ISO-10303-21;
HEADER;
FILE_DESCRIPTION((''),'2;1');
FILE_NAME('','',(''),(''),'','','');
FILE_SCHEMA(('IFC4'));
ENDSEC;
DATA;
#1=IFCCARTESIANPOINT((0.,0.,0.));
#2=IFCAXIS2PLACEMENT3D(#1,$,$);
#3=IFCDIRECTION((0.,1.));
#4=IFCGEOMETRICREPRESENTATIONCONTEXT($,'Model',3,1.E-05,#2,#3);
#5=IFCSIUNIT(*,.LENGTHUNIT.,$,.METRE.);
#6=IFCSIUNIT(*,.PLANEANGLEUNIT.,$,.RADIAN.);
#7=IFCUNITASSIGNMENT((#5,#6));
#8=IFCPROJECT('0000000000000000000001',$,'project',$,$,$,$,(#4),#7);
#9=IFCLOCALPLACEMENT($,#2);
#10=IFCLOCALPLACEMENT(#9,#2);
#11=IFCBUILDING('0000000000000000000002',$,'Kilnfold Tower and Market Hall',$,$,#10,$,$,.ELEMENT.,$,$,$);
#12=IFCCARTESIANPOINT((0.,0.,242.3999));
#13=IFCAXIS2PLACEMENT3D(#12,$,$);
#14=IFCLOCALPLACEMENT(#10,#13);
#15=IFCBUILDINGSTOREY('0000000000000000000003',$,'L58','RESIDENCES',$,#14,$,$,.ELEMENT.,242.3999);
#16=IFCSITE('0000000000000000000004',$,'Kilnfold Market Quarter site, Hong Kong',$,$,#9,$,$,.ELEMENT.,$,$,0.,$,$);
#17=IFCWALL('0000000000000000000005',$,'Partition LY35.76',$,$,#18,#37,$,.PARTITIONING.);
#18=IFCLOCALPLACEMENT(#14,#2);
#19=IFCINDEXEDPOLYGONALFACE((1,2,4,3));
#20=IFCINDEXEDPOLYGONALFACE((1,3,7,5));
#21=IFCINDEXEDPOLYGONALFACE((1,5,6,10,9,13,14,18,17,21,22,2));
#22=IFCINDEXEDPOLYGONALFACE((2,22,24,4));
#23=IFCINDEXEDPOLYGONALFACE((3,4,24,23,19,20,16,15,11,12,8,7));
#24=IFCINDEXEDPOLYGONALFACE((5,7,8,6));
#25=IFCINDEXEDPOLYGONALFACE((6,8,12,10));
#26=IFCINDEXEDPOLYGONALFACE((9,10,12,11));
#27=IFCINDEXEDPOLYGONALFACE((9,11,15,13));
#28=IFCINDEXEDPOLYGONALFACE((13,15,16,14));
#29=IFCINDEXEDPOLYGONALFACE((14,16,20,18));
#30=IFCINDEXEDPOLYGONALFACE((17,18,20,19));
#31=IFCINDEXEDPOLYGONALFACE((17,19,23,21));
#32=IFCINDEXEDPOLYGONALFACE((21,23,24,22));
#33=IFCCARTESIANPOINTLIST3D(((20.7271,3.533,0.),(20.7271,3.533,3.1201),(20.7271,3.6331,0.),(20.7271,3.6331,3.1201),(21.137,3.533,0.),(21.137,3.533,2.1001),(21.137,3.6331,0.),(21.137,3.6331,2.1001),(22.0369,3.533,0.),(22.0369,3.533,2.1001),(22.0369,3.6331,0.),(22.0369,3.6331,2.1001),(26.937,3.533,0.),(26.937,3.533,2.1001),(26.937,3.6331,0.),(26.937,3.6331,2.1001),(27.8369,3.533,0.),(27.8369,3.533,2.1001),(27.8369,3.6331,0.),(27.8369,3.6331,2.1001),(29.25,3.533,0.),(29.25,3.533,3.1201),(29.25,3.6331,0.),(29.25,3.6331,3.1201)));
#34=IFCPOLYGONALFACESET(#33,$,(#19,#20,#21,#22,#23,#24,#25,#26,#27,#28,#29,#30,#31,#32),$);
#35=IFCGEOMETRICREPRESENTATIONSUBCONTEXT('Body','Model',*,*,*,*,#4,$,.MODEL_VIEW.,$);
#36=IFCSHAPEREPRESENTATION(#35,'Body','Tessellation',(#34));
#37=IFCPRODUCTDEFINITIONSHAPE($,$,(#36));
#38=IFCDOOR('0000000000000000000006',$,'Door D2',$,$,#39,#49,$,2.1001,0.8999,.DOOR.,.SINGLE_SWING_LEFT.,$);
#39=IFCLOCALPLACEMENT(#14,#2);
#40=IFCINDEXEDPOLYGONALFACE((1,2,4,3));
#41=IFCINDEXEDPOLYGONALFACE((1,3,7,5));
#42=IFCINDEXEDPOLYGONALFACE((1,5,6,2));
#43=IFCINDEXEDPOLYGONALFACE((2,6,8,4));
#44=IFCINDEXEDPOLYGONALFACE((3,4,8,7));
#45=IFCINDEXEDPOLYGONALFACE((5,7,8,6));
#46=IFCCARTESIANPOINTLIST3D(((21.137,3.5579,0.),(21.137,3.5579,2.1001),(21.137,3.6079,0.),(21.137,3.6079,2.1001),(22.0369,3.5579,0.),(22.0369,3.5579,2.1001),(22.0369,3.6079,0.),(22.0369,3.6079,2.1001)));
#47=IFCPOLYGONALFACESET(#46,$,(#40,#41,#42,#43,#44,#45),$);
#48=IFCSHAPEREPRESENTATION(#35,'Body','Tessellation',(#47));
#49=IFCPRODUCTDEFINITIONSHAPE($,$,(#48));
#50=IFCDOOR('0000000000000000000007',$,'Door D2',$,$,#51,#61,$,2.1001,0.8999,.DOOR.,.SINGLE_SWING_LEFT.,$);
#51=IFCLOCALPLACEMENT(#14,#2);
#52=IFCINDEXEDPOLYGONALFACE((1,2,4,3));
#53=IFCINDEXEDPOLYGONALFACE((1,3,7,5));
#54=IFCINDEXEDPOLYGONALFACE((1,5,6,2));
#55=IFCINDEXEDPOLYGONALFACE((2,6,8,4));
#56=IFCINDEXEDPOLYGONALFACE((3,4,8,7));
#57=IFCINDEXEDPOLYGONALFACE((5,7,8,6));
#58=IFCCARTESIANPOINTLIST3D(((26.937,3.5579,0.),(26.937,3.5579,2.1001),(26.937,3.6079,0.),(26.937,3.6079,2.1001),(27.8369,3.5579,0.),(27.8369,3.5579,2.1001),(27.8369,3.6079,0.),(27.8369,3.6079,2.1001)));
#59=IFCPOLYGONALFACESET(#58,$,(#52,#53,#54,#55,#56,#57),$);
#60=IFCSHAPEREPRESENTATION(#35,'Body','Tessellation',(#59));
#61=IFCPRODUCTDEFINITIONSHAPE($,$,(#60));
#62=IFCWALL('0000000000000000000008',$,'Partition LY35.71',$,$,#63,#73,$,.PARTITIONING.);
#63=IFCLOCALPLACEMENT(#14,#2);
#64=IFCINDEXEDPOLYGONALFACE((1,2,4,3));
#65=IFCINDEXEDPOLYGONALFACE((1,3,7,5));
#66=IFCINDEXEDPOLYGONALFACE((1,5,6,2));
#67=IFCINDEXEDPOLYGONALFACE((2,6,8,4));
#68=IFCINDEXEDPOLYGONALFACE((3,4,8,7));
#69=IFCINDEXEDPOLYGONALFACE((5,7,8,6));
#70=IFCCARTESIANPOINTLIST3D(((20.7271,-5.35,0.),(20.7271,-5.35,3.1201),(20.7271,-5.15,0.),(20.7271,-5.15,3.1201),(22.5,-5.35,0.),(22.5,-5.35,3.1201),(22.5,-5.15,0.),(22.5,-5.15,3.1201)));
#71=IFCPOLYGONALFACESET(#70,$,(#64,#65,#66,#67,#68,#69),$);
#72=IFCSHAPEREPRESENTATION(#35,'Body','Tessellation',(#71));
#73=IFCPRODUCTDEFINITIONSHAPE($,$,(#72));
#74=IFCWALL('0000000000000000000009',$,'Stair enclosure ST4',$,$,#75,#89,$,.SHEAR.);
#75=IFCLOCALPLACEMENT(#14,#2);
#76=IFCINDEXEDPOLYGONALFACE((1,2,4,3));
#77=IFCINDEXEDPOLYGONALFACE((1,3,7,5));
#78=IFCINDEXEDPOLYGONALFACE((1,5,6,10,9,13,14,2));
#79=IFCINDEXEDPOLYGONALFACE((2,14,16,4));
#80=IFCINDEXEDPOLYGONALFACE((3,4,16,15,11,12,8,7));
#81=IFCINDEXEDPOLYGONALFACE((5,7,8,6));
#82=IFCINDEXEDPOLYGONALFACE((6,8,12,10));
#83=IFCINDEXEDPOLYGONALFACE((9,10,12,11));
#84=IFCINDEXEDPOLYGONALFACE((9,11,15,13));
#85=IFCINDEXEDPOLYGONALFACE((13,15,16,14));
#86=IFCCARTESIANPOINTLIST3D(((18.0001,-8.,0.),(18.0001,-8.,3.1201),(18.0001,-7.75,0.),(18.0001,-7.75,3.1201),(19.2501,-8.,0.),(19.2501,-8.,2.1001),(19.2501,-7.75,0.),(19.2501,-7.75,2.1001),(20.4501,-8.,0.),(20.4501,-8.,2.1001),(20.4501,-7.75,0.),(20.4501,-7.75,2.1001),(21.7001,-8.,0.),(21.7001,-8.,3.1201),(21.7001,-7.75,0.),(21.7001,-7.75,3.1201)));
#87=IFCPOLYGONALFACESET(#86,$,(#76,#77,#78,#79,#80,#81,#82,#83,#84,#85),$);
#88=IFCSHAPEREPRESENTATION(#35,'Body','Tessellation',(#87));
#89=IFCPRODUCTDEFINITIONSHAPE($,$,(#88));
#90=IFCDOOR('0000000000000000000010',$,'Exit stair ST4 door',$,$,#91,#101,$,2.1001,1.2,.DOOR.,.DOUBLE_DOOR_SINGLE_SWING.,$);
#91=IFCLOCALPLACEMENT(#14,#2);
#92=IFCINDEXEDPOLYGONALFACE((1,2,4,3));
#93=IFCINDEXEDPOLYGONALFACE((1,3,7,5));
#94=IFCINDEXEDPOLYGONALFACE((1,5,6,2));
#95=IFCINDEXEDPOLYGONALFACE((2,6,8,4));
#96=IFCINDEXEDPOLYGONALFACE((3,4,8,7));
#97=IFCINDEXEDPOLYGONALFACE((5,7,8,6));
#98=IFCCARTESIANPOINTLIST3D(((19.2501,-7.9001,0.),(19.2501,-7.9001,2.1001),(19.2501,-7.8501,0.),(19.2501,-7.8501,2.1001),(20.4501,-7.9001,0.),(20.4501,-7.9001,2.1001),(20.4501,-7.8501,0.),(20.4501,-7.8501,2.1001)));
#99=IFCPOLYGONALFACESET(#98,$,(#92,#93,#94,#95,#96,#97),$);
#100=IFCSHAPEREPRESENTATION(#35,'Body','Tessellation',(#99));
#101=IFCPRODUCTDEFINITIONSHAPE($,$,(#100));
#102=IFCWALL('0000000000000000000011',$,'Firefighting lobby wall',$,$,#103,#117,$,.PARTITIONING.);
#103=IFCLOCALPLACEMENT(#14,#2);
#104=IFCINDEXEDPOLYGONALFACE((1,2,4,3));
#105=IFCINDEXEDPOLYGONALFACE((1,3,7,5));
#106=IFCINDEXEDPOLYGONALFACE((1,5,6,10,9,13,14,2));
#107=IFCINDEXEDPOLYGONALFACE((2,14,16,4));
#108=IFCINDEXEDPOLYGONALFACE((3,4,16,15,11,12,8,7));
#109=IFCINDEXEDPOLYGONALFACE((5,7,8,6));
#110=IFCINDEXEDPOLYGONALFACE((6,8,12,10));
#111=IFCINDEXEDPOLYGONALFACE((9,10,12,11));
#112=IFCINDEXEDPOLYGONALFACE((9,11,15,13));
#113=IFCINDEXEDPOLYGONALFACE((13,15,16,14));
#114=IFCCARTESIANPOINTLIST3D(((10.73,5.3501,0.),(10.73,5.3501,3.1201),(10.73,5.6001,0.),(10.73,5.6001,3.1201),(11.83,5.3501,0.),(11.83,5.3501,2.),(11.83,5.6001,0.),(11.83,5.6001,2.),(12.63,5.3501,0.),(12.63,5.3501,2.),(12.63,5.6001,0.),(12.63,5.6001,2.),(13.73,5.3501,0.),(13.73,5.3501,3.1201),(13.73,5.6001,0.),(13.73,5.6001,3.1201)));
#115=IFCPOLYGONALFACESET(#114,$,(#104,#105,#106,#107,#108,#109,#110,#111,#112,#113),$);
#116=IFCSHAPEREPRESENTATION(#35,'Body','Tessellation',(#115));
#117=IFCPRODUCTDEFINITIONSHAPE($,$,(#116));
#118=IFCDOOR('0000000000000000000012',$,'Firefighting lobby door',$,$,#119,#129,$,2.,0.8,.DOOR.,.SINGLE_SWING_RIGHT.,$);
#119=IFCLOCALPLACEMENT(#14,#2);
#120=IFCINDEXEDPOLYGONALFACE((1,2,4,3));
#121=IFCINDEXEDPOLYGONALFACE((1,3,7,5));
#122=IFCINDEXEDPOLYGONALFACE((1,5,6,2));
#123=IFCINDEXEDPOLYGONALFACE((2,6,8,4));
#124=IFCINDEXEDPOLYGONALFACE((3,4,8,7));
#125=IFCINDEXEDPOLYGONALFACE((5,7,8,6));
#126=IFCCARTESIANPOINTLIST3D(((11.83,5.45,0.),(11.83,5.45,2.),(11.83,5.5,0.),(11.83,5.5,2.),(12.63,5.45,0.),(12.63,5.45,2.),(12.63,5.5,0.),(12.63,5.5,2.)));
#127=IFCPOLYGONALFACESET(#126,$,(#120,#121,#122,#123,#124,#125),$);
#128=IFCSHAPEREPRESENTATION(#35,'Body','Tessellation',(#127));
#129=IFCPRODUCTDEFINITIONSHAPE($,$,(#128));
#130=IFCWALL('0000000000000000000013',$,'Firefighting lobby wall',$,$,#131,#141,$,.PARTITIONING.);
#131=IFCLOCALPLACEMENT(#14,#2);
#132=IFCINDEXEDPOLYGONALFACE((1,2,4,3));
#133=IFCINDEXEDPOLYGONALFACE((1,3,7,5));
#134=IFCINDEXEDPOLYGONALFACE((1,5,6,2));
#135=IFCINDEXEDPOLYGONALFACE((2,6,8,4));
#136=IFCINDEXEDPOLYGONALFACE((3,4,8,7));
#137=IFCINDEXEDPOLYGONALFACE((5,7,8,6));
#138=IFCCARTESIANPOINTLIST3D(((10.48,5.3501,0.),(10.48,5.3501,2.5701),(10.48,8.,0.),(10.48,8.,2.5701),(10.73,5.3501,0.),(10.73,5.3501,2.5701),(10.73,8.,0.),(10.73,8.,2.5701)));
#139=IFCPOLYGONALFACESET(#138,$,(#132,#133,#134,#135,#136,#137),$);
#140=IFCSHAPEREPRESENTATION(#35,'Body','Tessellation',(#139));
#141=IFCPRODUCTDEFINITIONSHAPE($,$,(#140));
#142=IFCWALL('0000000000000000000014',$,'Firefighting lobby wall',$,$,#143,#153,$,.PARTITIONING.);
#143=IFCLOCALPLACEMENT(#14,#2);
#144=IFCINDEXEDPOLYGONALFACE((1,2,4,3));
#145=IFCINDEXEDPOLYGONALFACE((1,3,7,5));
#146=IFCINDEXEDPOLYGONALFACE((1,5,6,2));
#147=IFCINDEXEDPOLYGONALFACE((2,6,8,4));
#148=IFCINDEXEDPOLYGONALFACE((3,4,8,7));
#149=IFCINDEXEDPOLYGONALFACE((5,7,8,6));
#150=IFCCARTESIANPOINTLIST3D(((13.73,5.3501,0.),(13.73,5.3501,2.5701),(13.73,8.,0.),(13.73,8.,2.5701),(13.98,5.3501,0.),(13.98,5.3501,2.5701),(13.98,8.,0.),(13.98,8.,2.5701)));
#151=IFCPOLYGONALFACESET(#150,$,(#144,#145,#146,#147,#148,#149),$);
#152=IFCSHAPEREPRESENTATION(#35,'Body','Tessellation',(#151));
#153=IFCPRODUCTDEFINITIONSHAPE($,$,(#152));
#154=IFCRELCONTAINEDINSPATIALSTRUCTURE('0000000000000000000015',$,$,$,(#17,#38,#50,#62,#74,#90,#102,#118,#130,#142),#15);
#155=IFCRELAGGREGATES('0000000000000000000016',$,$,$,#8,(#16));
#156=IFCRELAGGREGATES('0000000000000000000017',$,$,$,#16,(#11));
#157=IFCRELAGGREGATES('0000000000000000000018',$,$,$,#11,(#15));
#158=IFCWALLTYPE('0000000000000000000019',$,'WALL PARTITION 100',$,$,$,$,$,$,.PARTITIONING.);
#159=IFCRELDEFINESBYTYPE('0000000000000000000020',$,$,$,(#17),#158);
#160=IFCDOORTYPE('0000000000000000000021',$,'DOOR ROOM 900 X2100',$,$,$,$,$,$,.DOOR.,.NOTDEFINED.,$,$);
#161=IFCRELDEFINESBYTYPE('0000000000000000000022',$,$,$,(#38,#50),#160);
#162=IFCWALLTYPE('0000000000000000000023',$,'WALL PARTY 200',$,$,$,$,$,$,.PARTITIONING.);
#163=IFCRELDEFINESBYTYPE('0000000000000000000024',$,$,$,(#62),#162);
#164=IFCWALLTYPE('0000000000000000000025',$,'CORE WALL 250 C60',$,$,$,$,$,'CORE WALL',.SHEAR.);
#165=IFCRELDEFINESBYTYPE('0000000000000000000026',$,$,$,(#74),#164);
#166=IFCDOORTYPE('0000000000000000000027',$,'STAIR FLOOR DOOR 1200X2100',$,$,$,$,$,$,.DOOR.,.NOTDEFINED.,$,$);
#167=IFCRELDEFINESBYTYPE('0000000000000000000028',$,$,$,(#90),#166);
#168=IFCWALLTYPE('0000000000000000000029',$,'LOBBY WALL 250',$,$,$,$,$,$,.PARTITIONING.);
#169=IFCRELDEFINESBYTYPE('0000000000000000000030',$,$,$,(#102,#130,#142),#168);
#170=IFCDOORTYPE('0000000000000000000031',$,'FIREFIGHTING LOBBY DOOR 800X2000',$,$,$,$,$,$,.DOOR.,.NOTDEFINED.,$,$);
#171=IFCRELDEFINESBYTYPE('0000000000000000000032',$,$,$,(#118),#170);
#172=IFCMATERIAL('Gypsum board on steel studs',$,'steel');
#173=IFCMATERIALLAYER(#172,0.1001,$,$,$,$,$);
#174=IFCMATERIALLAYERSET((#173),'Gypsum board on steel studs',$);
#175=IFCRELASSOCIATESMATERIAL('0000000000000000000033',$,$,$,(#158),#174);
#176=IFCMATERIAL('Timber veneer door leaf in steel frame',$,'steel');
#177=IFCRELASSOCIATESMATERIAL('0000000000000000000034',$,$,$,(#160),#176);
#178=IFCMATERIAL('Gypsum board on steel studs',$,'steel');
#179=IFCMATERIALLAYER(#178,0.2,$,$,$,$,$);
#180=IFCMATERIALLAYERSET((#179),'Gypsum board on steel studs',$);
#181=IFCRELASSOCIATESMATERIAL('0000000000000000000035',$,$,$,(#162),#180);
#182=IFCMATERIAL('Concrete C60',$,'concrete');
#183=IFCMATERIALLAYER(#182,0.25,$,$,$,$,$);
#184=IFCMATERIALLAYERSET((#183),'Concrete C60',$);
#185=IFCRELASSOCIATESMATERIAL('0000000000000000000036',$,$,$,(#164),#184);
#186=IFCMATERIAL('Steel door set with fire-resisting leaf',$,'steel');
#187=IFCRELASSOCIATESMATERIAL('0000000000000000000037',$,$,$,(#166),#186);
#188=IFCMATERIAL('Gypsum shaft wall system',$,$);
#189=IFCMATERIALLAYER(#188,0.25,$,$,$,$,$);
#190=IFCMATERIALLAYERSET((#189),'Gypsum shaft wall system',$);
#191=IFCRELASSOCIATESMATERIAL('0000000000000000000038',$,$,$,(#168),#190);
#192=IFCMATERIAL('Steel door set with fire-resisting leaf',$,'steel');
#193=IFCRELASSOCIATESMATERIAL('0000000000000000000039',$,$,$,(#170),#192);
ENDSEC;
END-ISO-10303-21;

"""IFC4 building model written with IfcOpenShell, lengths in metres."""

from ifc_helpers import new_model, si_unit, direction, frame, frame_2d, origin, place, context, subcontext, project, spatial, rectangle, extrude, source, transform, mapped, material, layer, layer_set, type_object, element, fill, save


model = new_model("IFC4")

# Units and contexts
model_context = context("Model", 3, precision=1e-05, world=origin(), true_north=direction((0.0, 1.0)))
body_context = subcontext(model_context, "Body", "Model", "MODEL_VIEW")
ifc_project = project(units=[si_unit("LENGTHUNIT", "METRE"), si_unit("PLANEANGLEUNIT", "RADIAN")], contexts=[model_context])

# Site, building, storey
site_placement = place(None, origin())
site = spatial("IfcSite", under=ifc_project, at=site_placement, Name="Kilnfold Market Quarter site, Hong Kong", CompositionType="ELEMENT", RefElevation=0.0)
building_placement = place(site_placement, origin())
building = spatial("IfcBuilding", under=site, at=building_placement, Name="Kilnfold Tower and Market Hall", CompositionType="ELEMENT")
storey_placement = place(building_placement, frame((0.0, 0.0, 242.3999)))
storey = spatial("IfcBuildingStorey", under=building, at=storey_placement, Name="L58", Description="RESIDENCES", CompositionType="ELEMENT", Elevation=242.3999)

# Wall, openings, doors
ifc_material_1 = material(Name="Gypsum board on steel studs", Category="steel")
ifc_layer_1 = layer(ifc_material_1, 0.1001)
ifc_layer_set_1 = layer_set([ifc_layer_1], Name="Gypsum board on steel studs")
wall_type_1 = type_object("IfcWallType", Name="WALL PARTITION 100", PredefinedType="PARTITIONING", material=ifc_layer_set_1)
wall_1_placement = place(storey_placement, frame((20.7271, 3.583, 0.0), z_axis=(0.0, 0.0, 1.0), x_axis=(1.0, 0.0, 0.0)))
wall_1 = element("IfcWall", 1, at=wall_1_placement, inside=storey, type_object=wall_type_1, Name="Partition LY35.76", PredefinedType="PARTITIONING", context=body_context, shape_type="SweptSolid", body=[
    extrude(rectangle(XDim=8.5229, YDim=0.1001, at=frame_2d((4.2615, 0.0))), origin(), (0.0, 0.0, 1.0), 3.1201),
])
opening_1_placement = place(wall_1_placement, frame((0.4099, 0.0, 0.0)))
opening_1 = element("IfcOpeningElement", 2, at=opening_1_placement, cuts=wall_1, PredefinedType="OPENING", context=body_context, shape_type="SweptSolid", body=[
    extrude(rectangle(XDim=0.8999, YDim=2.1001, at=frame_2d((0.45, 1.05))), frame((0.0, 0.0601, 0.0), z_axis=(0.0, -1.0, 0.0), x_axis=(1.0, 0.0, 0.0)), (0.0, 0.0, 1.0), 0.1201),
])
opening_2_placement = place(wall_1_placement, frame((6.21, 0.0, 0.0)))
opening_2 = element("IfcOpeningElement", 3, at=opening_2_placement, cuts=wall_1, PredefinedType="OPENING", context=body_context, shape_type="SweptSolid", body=[
    extrude(rectangle(XDim=0.8999, YDim=2.1001, at=frame_2d((0.45, 1.05))), frame((0.0, 0.0601, 0.0), z_axis=(0.0, -1.0, 0.0), x_axis=(1.0, 0.0, 0.0)), (0.0, 0.0, 1.0), 0.1201),
])
ifc_material_2 = material(Name="Timber veneer door leaf in steel frame", Category="steel")
door_type_1 = type_object("IfcDoorType", Name="DOOR ROOM 900 X2100", OperationType="NOTDEFINED", PredefinedType="DOOR", material=ifc_material_2)
door_1_placement = place(opening_1_placement, origin())
door_1 = element("IfcDoor", 4, at=door_1_placement, inside=storey, type_object=door_type_1, Name="Door D2", OperationType="SINGLE_SWING_LEFT", OverallHeight=2.1001, OverallWidth=0.8999, PredefinedType="DOOR", context=body_context, shape_type="SweptSolid", body=[
    extrude(rectangle(XDim=0.8999, YDim=2.1001, at=frame_2d((0.45, 1.05))), frame((0.0, 0.0249, 0.0), z_axis=(0.0, -1.0, 0.0), x_axis=(1.0, 0.0, 0.0)), (0.0, 0.0, 1.0), 0.05),
])
fill(opening_1, door_1)
door_2_placement = place(opening_2_placement, origin())
door_2 = element("IfcDoor", 5, at=door_2_placement, inside=storey, type_object=door_type_1, Name="Door D2", OperationType="SINGLE_SWING_LEFT", OverallHeight=2.1001, OverallWidth=0.8999, PredefinedType="DOOR", context=body_context, shape_type="SweptSolid", body=[
    extrude(rectangle(XDim=0.8999, YDim=2.1001, at=frame_2d((0.45, 1.05))), frame((0.0, 0.0249, 0.0), z_axis=(0.0, -1.0, 0.0), x_axis=(1.0, 0.0, 0.0)), (0.0, 0.0, 1.0), 0.05),
])
fill(opening_2, door_2)

# Wall
ifc_material_3 = material(Name="Gypsum board on steel studs", Category="steel")
ifc_layer_2 = layer(ifc_material_3, 0.2)
ifc_layer_set_2 = layer_set([ifc_layer_2], Name="Gypsum board on steel studs")
wall_type_2 = type_object("IfcWallType", Name="WALL PARTY 200", PredefinedType="PARTITIONING", material=ifc_layer_set_2)
wall_2_placement = place(storey_placement, frame((20.7271, -5.25, 0.0), z_axis=(0.0, 0.0, 1.0), x_axis=(1.0, 0.0, 0.0)))
element("IfcWall", 6, at=wall_2_placement, inside=storey, type_object=wall_type_2, Name="Partition LY35.71", PredefinedType="PARTITIONING", context=body_context, shape_type="SweptSolid", body=[
    extrude(rectangle(XDim=1.7729, YDim=0.2, at=frame_2d((0.8865, 0.0))), origin(), (0.0, 0.0, 1.0), 3.1201),
])

# Walls, openings, doors
ifc_material_4 = material(Name="Concrete C60", Category="concrete")
ifc_layer_3 = layer(ifc_material_4, 0.25)
ifc_layer_set_3 = layer_set([ifc_layer_3], Name="Concrete C60")
wall_type_3 = type_object("IfcWallType", Name="CORE WALL 250 C60", ElementType="CORE WALL", PredefinedType="SHEAR", material=ifc_layer_set_3)
shared_shape_1 = source(origin(), body_context, "Body", "SweptSolid", [
    extrude(rectangle(XDim=3.7, YDim=0.25, at=frame_2d((1.8501, 0.0))), origin(), (0.0, 0.0, 1.0), 3.1201),
])
wall_3_placement = place(storey_placement, frame((18.0, -7.875, 0.0), z_axis=(0.0, 0.0, 1.0), x_axis=(1.0, 0.0, 0.0)))
wall_3 = element("IfcWall", 7, at=wall_3_placement, inside=storey, type_object=wall_type_3, Name="Stair enclosure ST4", PredefinedType="SHEAR", context=body_context, shape_type="MappedRepresentation", body=[
    mapped(shared_shape_1, transform((0.0, 0.0, 0.0))),
])
opening_3_placement = place(wall_3_placement, frame((1.25, 0.0, 0.0)))
opening_3 = element("IfcOpeningElement", 8, at=opening_3_placement, cuts=wall_3, PredefinedType="OPENING", context=body_context, shape_type="SweptSolid", body=[
    extrude(rectangle(XDim=1.2, YDim=2.1001, at=frame_2d((0.6001, 1.05))), frame((0.0, 0.135, 0.0), z_axis=(0.0, -1.0, 0.0), x_axis=(1.0, 0.0, 0.0)), (0.0, 0.0, 1.0), 0.27),
])
ifc_material_5 = material(Name="Steel door set with fire-resisting leaf", Category="steel")
door_type_2 = type_object("IfcDoorType", Name="STAIR FLOOR DOOR 1200X2100", OperationType="NOTDEFINED", PredefinedType="DOOR", material=ifc_material_5)
door_3_placement = place(opening_3_placement, origin())
door_3 = element("IfcDoor", 9, at=door_3_placement, inside=storey, type_object=door_type_2, Name="Exit stair ST4 door", OperationType="DOUBLE_DOOR_SINGLE_SWING", OverallHeight=2.1001, OverallWidth=1.2, PredefinedType="DOOR", context=body_context, shape_type="SweptSolid", body=[
    extrude(rectangle(XDim=1.2, YDim=2.1001, at=frame_2d((0.6001, 1.05))), frame((0.0, 0.0249, 0.0), z_axis=(0.0, -1.0, 0.0), x_axis=(1.0, 0.0, 0.0)), (0.0, 0.0, 1.0), 0.05),
])
fill(opening_3, door_3)
ifc_material_6 = material(Name="Gypsum shaft wall system")
ifc_layer_4 = layer(ifc_material_6, 0.25)
ifc_layer_set_4 = layer_set([ifc_layer_4], Name="Gypsum shaft wall system")
wall_type_4 = type_object("IfcWallType", Name="LOBBY WALL 250", PredefinedType="PARTITIONING", material=ifc_layer_set_4)
shared_shape_2 = source(origin(), body_context, "Body", "SweptSolid", [
    extrude(rectangle(XDim=3.0, YDim=0.25, at=frame_2d((1.5, 0.0))), origin(), (0.0, 0.0, 1.0), 3.1201),
])
wall_4_placement = place(storey_placement, frame((10.73, 5.4751, 0.0), z_axis=(0.0, 0.0, 1.0), x_axis=(1.0, 0.0, 0.0)))
wall_4 = element("IfcWall", 10, at=wall_4_placement, inside=storey, type_object=wall_type_4, Name="Firefighting lobby wall", PredefinedType="PARTITIONING", context=body_context, shape_type="MappedRepresentation", body=[
    mapped(shared_shape_2, transform((0.0, 0.0, 0.0))),
])
opening_4_placement = place(wall_4_placement, frame((1.1001, 0.0, 0.0)))
opening_4 = element("IfcOpeningElement", 11, at=opening_4_placement, cuts=wall_4, PredefinedType="OPENING", context=body_context, shape_type="SweptSolid", body=[
    extrude(rectangle(XDim=0.8, YDim=2.0, at=frame_2d((0.3999, 1.0))), frame((0.0, 0.135, 0.0), z_axis=(0.0, -1.0, 0.0), x_axis=(1.0, 0.0, 0.0)), (0.0, 0.0, 1.0), 0.27),
])
ifc_material_7 = material(Name="Steel door set with fire-resisting leaf", Category="steel")
door_type_3 = type_object("IfcDoorType", Name="FIREFIGHTING LOBBY DOOR 800X2000", OperationType="NOTDEFINED", PredefinedType="DOOR", material=ifc_material_7)
door_4_placement = place(opening_4_placement, origin())
door_4 = element("IfcDoor", 12, at=door_4_placement, inside=storey, type_object=door_type_3, Name="Firefighting lobby door", OperationType="SINGLE_SWING_RIGHT", OverallHeight=2.0, OverallWidth=0.8, PredefinedType="DOOR", context=body_context, shape_type="SweptSolid", body=[
    extrude(rectangle(XDim=0.8, YDim=2.0, at=frame_2d((0.3999, 1.0))), frame((0.0, 0.0249, 0.0), z_axis=(0.0, -1.0, 0.0), x_axis=(1.0, 0.0, 0.0)), (0.0, 0.0, 1.0), 0.05),
])
fill(opening_4, door_4)

# Walls
shared_shape_3 = source(origin(), body_context, "Body", "SweptSolid", [
    extrude(rectangle(XDim=2.6499, YDim=0.25, at=frame_2d((1.325, 0.0))), origin(), (0.0, 0.0, 1.0), 2.5701),
])
for number, where, z_axis, x_axis, name in (
    (13, (10.605, 5.3501, 0.0), (0.0, 0.0, 1.0), (0.0, 1.0, 0.0), "Firefighting lobby wall"),
    (14, (13.855, 5.3501, 0.0), (0.0, 0.0, 1.0), (0.0, 1.0, 0.0), "Firefighting lobby wall"),
):
    element("IfcWall", number, at=place(storey_placement, frame(where, z_axis=z_axis, x_axis=x_axis)), inside=storey, type_object=wall_type_4, Name=name, PredefinedType="PARTITIONING", context=body_context, shape_type="MappedRepresentation", body=[
        mapped(shared_shape_3, transform((0.0, 0.0, 0.0))),
    ])

save(model, "model.ifc")
